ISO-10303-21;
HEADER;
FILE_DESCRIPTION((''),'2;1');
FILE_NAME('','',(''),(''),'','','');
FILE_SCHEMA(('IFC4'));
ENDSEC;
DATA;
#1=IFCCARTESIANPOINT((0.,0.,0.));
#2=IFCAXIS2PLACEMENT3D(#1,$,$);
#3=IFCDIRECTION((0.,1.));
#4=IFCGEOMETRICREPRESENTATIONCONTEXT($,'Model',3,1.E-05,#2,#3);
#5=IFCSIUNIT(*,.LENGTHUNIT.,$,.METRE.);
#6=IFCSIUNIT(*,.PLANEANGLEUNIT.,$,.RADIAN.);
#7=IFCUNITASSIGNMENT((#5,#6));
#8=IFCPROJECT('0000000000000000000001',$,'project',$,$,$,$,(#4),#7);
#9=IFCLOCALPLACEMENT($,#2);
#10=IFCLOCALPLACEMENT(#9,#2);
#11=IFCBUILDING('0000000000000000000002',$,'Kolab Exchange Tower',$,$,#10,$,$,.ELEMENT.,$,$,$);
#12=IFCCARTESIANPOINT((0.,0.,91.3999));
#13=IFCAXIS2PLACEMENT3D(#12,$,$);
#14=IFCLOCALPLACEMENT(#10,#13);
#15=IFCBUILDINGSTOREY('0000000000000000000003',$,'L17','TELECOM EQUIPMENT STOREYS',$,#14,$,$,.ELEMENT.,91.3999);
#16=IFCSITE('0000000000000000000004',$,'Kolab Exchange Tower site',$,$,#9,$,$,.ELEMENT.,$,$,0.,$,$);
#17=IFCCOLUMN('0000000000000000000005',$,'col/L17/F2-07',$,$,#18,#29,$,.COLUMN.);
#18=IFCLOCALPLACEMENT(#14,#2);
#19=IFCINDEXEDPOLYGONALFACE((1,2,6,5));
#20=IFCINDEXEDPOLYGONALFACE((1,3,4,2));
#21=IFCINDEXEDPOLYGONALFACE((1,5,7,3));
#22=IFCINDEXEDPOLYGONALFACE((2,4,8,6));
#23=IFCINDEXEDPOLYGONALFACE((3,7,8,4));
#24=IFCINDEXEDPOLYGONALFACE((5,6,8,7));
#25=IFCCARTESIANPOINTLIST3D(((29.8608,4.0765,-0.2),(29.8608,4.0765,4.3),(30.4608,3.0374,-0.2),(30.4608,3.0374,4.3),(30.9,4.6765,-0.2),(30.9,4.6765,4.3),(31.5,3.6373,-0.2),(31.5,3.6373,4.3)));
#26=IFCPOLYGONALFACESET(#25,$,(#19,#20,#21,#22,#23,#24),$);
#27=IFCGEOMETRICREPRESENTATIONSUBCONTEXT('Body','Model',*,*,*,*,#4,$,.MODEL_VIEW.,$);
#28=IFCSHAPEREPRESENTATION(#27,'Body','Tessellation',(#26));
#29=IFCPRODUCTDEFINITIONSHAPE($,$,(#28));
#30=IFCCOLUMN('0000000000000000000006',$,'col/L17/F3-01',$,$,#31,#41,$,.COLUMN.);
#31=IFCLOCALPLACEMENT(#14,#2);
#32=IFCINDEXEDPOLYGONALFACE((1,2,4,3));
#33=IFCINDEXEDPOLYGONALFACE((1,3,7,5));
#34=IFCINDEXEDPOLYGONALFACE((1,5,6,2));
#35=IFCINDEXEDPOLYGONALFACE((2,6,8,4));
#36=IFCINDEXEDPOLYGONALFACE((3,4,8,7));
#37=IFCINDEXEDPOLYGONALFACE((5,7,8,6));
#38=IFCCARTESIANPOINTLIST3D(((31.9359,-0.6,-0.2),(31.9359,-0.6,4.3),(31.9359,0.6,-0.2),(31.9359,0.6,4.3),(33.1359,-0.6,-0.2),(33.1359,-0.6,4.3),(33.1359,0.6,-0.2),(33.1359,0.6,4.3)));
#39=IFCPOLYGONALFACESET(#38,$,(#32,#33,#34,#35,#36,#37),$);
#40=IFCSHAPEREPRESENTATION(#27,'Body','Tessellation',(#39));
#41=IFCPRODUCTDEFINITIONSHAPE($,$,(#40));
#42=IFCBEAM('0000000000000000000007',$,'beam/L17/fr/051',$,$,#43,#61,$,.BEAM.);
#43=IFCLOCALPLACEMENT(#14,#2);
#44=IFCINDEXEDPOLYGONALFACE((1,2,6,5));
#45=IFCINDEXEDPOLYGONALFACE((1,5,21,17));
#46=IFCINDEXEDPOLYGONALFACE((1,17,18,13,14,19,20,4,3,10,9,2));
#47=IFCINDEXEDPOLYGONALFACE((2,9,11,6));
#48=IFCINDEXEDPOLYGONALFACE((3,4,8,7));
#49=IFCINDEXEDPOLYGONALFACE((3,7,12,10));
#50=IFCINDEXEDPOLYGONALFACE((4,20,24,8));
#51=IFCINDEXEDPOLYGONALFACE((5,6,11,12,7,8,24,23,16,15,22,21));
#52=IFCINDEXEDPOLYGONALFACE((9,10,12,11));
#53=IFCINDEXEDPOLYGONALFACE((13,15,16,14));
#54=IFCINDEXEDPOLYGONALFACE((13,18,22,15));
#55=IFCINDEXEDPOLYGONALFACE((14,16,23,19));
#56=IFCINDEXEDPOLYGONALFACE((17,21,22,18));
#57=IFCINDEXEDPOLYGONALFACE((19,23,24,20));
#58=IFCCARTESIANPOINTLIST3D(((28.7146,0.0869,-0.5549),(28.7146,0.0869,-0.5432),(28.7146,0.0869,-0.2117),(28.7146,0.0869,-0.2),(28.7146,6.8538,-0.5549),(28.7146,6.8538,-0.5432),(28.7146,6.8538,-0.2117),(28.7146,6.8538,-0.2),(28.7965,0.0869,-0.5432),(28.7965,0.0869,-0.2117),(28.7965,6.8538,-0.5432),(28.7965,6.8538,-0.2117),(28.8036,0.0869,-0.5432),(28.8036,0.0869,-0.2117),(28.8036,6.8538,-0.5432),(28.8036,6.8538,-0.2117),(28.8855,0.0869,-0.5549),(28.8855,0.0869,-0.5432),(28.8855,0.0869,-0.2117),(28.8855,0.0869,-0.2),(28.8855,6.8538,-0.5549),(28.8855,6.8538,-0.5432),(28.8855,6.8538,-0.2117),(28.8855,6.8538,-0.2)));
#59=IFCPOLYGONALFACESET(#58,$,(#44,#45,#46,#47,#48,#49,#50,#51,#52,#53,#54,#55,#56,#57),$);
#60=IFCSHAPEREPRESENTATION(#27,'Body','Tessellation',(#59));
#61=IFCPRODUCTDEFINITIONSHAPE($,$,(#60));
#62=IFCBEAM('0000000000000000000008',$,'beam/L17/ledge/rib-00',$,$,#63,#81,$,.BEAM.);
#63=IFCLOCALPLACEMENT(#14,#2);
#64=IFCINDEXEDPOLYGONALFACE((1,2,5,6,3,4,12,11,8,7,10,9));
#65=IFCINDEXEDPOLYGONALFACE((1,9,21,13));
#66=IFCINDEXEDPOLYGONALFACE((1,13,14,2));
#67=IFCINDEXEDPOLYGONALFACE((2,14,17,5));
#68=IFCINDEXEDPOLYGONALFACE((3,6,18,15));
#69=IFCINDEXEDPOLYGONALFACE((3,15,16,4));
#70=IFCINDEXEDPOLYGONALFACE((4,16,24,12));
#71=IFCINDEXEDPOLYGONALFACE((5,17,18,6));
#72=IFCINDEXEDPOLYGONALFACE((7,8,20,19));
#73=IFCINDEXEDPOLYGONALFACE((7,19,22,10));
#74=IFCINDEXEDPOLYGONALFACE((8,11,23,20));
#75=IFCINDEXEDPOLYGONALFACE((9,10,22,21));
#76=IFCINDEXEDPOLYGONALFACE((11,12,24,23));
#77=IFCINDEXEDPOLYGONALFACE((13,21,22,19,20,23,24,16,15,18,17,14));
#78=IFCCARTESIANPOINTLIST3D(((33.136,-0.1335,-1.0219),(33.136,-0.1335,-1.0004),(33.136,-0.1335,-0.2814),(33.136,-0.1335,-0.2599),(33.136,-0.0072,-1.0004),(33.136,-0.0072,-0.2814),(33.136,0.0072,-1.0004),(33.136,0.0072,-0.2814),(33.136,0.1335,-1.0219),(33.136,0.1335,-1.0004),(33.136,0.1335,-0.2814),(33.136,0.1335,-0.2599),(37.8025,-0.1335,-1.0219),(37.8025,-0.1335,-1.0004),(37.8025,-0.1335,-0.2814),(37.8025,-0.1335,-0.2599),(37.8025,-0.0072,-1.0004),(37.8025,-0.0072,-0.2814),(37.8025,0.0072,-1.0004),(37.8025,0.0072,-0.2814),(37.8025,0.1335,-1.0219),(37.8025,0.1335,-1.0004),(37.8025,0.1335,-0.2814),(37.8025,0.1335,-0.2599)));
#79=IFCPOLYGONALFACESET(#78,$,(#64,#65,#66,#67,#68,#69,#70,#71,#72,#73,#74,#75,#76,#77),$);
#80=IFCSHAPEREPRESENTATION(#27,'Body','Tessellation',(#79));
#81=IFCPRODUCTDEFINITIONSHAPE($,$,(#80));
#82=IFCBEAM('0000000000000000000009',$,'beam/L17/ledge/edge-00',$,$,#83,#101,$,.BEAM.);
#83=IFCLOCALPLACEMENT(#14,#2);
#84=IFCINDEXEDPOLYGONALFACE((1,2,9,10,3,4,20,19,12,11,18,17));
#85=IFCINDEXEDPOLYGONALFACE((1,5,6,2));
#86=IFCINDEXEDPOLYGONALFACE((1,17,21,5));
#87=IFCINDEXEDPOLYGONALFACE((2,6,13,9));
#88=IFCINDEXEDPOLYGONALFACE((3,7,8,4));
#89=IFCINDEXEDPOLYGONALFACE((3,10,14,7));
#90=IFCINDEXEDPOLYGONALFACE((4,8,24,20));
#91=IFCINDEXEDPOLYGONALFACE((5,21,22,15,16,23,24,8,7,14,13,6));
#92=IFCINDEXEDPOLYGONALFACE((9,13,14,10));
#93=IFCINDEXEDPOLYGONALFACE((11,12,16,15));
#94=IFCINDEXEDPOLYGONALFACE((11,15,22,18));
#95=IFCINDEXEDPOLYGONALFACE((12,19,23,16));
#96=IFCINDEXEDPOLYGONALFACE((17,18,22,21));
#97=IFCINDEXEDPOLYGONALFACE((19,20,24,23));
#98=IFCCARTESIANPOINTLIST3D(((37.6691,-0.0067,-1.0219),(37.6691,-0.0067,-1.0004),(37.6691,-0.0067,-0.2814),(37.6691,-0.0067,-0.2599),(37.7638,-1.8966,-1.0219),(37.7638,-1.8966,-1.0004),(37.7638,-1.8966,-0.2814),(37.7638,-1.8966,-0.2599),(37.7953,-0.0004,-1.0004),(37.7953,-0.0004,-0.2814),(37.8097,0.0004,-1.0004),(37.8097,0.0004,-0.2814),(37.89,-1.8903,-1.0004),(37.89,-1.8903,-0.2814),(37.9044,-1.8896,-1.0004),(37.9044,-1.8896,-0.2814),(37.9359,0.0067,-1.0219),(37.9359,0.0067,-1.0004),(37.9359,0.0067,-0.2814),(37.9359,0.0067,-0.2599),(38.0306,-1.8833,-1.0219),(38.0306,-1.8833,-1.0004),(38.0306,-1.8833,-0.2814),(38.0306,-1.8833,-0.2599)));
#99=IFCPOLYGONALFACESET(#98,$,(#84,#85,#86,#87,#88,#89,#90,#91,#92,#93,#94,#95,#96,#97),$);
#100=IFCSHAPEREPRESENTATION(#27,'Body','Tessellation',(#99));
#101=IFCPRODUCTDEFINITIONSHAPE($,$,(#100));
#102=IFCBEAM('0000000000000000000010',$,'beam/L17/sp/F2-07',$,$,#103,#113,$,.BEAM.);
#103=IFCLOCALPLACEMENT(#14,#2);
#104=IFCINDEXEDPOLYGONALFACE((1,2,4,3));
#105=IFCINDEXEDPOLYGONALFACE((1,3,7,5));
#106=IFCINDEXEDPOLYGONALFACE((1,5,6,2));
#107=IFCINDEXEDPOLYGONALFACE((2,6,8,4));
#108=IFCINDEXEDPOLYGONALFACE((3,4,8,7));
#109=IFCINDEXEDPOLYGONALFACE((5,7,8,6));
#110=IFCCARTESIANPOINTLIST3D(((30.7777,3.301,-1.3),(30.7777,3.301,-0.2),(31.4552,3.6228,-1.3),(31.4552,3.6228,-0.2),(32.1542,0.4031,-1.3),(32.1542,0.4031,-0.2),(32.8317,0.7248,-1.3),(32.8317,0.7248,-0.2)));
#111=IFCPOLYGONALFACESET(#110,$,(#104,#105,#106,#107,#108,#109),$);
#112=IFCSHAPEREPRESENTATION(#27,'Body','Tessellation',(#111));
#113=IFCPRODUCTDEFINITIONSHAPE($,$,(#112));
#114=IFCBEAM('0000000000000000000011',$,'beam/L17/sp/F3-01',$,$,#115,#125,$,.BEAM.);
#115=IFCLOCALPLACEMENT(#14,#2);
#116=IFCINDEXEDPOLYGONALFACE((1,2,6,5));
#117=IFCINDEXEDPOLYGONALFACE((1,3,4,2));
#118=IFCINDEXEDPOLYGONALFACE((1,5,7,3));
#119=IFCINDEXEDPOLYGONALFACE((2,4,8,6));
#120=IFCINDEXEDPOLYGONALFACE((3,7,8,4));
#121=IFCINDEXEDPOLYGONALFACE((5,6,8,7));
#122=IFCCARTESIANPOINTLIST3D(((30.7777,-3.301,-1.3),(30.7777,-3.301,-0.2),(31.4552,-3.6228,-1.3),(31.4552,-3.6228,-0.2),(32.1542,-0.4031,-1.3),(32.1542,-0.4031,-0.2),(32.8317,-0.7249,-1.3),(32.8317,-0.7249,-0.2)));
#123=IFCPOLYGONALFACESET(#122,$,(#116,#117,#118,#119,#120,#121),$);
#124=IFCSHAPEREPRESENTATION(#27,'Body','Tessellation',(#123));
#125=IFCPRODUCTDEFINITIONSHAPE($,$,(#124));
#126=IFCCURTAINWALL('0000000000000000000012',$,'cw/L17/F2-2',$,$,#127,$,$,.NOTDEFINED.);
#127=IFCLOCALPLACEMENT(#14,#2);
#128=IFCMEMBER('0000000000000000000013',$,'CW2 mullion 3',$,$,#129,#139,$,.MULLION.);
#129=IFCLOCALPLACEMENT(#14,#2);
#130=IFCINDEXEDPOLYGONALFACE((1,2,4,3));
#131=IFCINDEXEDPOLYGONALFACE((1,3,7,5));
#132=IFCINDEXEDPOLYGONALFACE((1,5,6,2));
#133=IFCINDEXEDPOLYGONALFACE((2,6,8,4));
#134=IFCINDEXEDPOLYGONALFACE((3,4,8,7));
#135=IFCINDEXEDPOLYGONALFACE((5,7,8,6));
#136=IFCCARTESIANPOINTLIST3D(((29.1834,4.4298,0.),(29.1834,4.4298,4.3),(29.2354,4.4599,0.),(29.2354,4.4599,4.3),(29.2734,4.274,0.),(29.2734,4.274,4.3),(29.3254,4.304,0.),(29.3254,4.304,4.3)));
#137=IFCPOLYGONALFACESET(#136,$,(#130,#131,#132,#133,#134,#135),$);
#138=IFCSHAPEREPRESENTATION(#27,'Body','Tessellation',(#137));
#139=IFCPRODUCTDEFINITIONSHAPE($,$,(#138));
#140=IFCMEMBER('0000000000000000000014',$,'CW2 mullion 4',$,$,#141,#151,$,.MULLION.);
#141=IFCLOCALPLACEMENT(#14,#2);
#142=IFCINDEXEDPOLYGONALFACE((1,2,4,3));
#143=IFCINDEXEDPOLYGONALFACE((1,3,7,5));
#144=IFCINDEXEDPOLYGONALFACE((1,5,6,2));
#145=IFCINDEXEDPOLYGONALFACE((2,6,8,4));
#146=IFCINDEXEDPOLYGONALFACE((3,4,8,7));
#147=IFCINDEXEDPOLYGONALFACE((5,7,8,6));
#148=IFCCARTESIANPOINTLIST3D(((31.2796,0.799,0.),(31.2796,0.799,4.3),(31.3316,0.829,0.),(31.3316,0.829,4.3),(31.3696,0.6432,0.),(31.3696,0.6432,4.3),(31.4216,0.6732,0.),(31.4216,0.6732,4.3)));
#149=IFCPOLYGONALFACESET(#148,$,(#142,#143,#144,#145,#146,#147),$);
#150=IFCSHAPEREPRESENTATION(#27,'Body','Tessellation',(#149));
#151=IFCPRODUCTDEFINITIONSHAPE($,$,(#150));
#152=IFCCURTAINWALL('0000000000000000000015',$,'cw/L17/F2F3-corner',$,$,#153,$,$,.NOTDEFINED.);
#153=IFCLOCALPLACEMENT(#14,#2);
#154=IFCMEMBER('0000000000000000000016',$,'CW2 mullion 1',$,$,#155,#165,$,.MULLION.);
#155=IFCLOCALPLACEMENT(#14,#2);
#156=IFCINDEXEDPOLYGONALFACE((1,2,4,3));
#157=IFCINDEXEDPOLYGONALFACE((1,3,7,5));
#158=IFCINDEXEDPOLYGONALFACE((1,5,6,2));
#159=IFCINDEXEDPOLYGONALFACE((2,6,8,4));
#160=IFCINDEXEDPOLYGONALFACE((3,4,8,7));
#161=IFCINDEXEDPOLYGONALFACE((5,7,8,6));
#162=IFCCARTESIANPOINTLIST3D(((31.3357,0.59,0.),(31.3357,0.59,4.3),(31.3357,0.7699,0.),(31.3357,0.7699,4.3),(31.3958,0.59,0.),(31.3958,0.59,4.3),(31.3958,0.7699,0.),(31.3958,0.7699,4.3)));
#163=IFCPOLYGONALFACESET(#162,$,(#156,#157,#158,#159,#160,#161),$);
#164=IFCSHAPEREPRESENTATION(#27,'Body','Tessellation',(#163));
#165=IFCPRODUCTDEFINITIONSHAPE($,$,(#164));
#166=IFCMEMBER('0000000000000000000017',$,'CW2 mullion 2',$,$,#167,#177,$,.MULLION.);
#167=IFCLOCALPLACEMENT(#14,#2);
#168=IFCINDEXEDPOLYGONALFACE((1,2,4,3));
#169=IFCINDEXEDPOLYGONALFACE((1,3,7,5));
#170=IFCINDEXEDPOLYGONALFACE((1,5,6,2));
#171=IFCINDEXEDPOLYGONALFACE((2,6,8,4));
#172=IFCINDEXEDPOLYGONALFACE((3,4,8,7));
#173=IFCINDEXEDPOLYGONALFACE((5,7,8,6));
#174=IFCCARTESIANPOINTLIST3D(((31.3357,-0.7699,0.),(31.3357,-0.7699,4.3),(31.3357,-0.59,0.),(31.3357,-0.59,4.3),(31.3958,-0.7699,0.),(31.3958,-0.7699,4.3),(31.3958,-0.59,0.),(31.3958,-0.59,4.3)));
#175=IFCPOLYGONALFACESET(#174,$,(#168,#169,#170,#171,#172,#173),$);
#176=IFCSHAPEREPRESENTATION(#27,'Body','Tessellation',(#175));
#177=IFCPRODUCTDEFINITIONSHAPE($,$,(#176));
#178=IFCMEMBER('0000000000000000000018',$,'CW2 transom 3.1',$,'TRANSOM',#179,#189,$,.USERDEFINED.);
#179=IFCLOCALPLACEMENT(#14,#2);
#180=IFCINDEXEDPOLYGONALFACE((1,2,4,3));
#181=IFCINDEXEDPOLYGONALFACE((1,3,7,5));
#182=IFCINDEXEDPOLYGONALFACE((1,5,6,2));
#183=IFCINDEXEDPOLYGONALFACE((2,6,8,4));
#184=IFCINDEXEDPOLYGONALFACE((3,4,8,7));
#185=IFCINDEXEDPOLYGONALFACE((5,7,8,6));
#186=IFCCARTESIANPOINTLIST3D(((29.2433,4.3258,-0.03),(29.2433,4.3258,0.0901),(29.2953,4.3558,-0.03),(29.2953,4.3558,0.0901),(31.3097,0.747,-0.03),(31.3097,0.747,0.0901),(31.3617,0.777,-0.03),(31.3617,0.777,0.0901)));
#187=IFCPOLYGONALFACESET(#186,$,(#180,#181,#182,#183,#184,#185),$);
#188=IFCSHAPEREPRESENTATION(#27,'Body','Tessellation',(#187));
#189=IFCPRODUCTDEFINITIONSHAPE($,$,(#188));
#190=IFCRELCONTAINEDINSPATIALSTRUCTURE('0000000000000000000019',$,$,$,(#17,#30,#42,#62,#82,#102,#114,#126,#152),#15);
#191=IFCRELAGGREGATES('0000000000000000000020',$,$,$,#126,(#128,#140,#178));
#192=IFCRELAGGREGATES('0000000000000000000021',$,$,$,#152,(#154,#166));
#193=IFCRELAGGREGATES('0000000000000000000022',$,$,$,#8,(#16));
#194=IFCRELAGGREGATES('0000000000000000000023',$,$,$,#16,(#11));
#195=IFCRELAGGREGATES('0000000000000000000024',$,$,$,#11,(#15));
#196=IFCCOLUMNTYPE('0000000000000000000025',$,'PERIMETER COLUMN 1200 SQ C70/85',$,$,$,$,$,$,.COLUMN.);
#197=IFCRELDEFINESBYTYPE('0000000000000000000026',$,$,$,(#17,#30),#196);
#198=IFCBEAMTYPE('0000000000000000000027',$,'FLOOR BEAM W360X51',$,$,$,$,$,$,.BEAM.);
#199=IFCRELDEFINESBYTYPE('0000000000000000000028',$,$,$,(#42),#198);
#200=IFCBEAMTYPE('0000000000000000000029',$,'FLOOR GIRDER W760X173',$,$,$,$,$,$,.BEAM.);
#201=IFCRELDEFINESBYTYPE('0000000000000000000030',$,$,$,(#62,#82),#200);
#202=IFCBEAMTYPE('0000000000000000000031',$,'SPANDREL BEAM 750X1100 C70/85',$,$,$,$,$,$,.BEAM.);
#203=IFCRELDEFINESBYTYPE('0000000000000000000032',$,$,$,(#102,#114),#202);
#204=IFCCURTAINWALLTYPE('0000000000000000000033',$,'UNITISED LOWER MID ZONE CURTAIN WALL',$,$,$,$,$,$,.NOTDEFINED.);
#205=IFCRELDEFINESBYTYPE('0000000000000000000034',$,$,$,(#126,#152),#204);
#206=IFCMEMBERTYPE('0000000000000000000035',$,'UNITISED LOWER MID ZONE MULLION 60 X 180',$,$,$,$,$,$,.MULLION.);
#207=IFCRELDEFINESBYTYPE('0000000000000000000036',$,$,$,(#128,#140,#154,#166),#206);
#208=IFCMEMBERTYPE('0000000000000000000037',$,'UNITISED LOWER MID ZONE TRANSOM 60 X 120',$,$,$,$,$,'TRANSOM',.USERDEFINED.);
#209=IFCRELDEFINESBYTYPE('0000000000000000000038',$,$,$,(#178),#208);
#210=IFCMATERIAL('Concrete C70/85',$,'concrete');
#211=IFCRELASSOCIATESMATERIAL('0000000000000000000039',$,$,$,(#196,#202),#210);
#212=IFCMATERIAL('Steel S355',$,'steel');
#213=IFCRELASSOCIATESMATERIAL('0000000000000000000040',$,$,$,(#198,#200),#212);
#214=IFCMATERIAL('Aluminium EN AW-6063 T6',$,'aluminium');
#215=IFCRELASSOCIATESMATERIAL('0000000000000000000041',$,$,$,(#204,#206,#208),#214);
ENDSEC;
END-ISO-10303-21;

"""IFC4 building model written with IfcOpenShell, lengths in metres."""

from ifc_helpers import new_model, si_unit, direction, frame, origin, origin_2d, place, context, subcontext, project, spatial, rectangle, i_section, extrude, material, material_profile, profile_set, type_object, element, aggregate, save


model = new_model("IFC4")

# Units and contexts
model_context = context("Model", 3, precision=1e-05, world=origin(), true_north=direction((0.0, 1.0)))
body_context = subcontext(model_context, "Body", "Model", "MODEL_VIEW")
ifc_project = project(units=[si_unit("LENGTHUNIT", "METRE"), si_unit("PLANEANGLEUNIT", "RADIAN")], contexts=[model_context])

# Site, building, storey
site_placement = place(None, origin())
site = spatial("IfcSite", under=ifc_project, at=site_placement, Name="Kolab Exchange Tower site", CompositionType="ELEMENT", RefElevation=0.0)
building_placement = place(site_placement, origin())
building = spatial("IfcBuilding", under=site, at=building_placement, Name="Kolab Exchange Tower", CompositionType="ELEMENT")
storey_placement = place(building_placement, frame((0.0, 0.0, 91.3999)))
storey = spatial("IfcBuildingStorey", under=building, at=storey_placement, Name="L17", Description="TELECOM EQUIPMENT STOREYS", CompositionType="ELEMENT", Elevation=91.3999)

# Columns
ifc_material_1 = material(Name="Concrete C70/85", Category="concrete")
ifc_material_profile_1 = material_profile(ifc_material_1, rectangle(XDim=1.2, YDim=1.2, at=origin_2d()), Name="RC1200")
ifc_profile_set_1 = profile_set([ifc_material_profile_1], Name="Concrete C70/85")
column_type = type_object("IfcColumnType", Name="PERIMETER COLUMN 1200 SQ C70/85", PredefinedType="COLUMN", material=ifc_profile_set_1)
for number, where, z_axis, x_axis, name in (
    (1, (30.6804, 3.8569, -0.2), (0.0, 0.0, 1.0), (0.866025, 0.5, 0.0), "col/L17/F2-07"),
    (2, (32.5359, 0.0, -0.2), (0.0, 0.0, 1.0), (1.0, 0.0, 0.0), "col/L17/F3-01"),
):
    element("IfcColumn", number, at=place(storey_placement, frame(where, z_axis=z_axis, x_axis=x_axis)), inside=storey, type_object=column_type, Name=name, PredefinedType="COLUMN", context=body_context, shape_type="SweptSolid", body=[
        extrude(rectangle(XDim=1.2, YDim=1.2, at=origin_2d()), origin(), (0.0, 0.0, 1.0), 4.5),
    ])

# Beams
ifc_material_2 = material(Name="Steel S355", Category="steel")
ifc_material_profile_2 = material_profile(ifc_material_2, i_section(OverallWidth=0.1709, OverallDepth=0.355, WebThickness=0.0071, FlangeThickness=0.0117, at=origin_2d()), Name="W360X51")
ifc_profile_set_2 = profile_set([ifc_material_profile_2], Name="Steel S355")
beam_type_1 = type_object("IfcBeamType", Name="FLOOR BEAM W360X51", PredefinedType="BEAM", material=ifc_profile_set_2)
beam_1_placement = place(storey_placement, frame((28.8, 0.0869, -0.3774), z_axis=(0.0, 1.0, 0.0), x_axis=(-1.0, 0.0, 0.0)))
element("IfcBeam", 3, at=beam_1_placement, inside=storey, type_object=beam_type_1, Name="beam/L17/fr/051", PredefinedType="BEAM", context=body_context, shape_type="SweptSolid", body=[
    extrude(i_section(OverallWidth=0.1709, OverallDepth=0.355, WebThickness=0.0071, FlangeThickness=0.0117, at=origin_2d()), origin(), (0.0, 0.0, 1.0), 6.7668),
])
ifc_material_profile_3 = material_profile(ifc_material_2, i_section(OverallWidth=0.2671, OverallDepth=0.762, WebThickness=0.0144, FlangeThickness=0.0215, at=origin_2d()), Name="W760X173")
ifc_profile_set_3 = profile_set([ifc_material_profile_3], Name="Steel S355")
beam_type_2 = type_object("IfcBeamType", Name="FLOOR GIRDER W760X173", PredefinedType="BEAM", material=ifc_profile_set_3)
beam_2_placement = place(storey_placement, frame((33.136, 0.0, -0.6409), z_axis=(1.0, 0.0, 0.0), x_axis=(0.0, 1.0, 0.0)))
element("IfcBeam", 4, at=beam_2_placement, inside=storey, type_object=beam_type_2, Name="beam/L17/ledge/rib-00", PredefinedType="BEAM", context=body_context, shape_type="SweptSolid", body=[
    extrude(i_section(OverallWidth=0.2671, OverallDepth=0.762, WebThickness=0.0144, FlangeThickness=0.0215, at=origin_2d()), origin(), (0.0, 0.0, 1.0), 4.6665),
])
beam_3_placement = place(storey_placement, frame((37.8025, 0.0, -0.6409), z_axis=(0.05006, -0.998746, 0.0), x_axis=(0.998746, 0.05006, 0.0)))
element("IfcBeam", 5, at=beam_3_placement, inside=storey, type_object=beam_type_2, Name="beam/L17/ledge/edge-00", PredefinedType="BEAM", context=body_context, shape_type="SweptSolid", body=[
    extrude(i_section(OverallWidth=0.2671, OverallDepth=0.762, WebThickness=0.0144, FlangeThickness=0.0215, at=origin_2d()), origin(), (0.0, 0.0, 1.0), 1.8923),
])
ifc_material_profile_4 = material_profile(ifc_material_1, rectangle(XDim=0.75, YDim=1.1001, at=origin_2d()), Name="RC750X1100")
ifc_profile_set_4 = profile_set([ifc_material_profile_4], Name="Concrete C70/85")
beam_type_3 = type_object("IfcBeamType", Name="SPANDREL BEAM 750X1100 C70/85", PredefinedType="BEAM", material=ifc_profile_set_4)
for number, where, z_axis, x_axis, name in (
    (6, (31.1165, 3.4619, -0.75), (0.429041, -0.903285, 0.0), (0.903285, 0.429041, 0.0), "beam/L17/sp/F2-07"),
    (7, (32.4929, -0.564, -0.75), (-0.429041, -0.903285, 0.0), (0.903285, -0.429041, 0.0), "beam/L17/sp/F3-01"),
):
    element("IfcBeam", number, at=place(storey_placement, frame(where, z_axis=z_axis, x_axis=x_axis)), inside=storey, type_object=beam_type_3, Name=name, PredefinedType="BEAM", context=body_context, shape_type="SweptSolid", body=[
        extrude(rectangle(XDim=0.75, YDim=1.1001, at=origin_2d()), origin(), (0.0, 0.0, 1.0), 3.2083),
    ])

# Curtain walls, members
ifc_material_3 = material(Name="Aluminium EN AW-6063 T6", Category="aluminium")
curtain_wall_type = type_object("IfcCurtainWallType", Name="UNITISED LOWER MID ZONE CURTAIN WALL", PredefinedType="NOTDEFINED", material=ifc_material_3)
curtain_wall_1_placement = place(storey_placement, origin())
curtain_wall_1 = element("IfcCurtainWall", 8, at=curtain_wall_1_placement, inside=storey, type_object=curtain_wall_type, Name="cw/L17/F2-2", PredefinedType="NOTDEFINED")
ifc_material_profile_5 = material_profile(ifc_material_3, rectangle(XDim=0.0601, YDim=0.1799, at=origin_2d()), Name="RECT 60X180")
ifc_profile_set_5 = profile_set([ifc_material_profile_5], Name="Aluminium EN AW-6063 T6")
member_type_1 = type_object("IfcMemberType", Name="UNITISED LOWER MID ZONE MULLION 60 X 180", PredefinedType="MULLION", material=ifc_profile_set_5)
member_1_placement = place(storey_placement, frame((29.2544, 4.3669, 0.0), z_axis=(0.0, 0.0, 1.0), x_axis=(0.866025, 0.5, 0.0)))
member_1 = element("IfcMember", 9, at=member_1_placement, type_object=member_type_1, Name="CW2 mullion 3", PredefinedType="MULLION", context=body_context, shape_type="SweptSolid", body=[
    extrude(rectangle(XDim=0.0601, YDim=0.1799, at=origin_2d()), origin(), (0.0, 0.0, 1.0), 4.3),
])
member_2_placement = place(storey_placement, frame((31.3506, 0.7361, 0.0), z_axis=(0.0, 0.0, 1.0), x_axis=(0.866025, 0.5, 0.0)))
member_2 = element("IfcMember", 10, at=member_2_placement, type_object=member_type_1, Name="CW2 mullion 4", PredefinedType="MULLION", context=body_context, shape_type="SweptSolid", body=[
    extrude(rectangle(XDim=0.0601, YDim=0.1799, at=origin_2d()), origin(), (0.0, 0.0, 1.0), 4.3),
])
curtain_wall_2_placement = place(storey_placement, origin())
curtain_wall_2 = element("IfcCurtainWall", 11, at=curtain_wall_2_placement, inside=storey, type_object=curtain_wall_type, Name="cw/L17/F2F3-corner", PredefinedType="NOTDEFINED")
member_3_placement = place(storey_placement, frame((31.3657, 0.6799, 0.0), z_axis=(0.0, 0.0, 1.0), x_axis=(1.0, 0.0, 0.0)))
member_3 = element("IfcMember", 12, at=member_3_placement, type_object=member_type_1, Name="CW2 mullion 1", PredefinedType="MULLION", context=body_context, shape_type="SweptSolid", body=[
    extrude(rectangle(XDim=0.0601, YDim=0.1799, at=origin_2d()), origin(), (0.0, 0.0, 1.0), 4.3),
])
member_4_placement = place(storey_placement, frame((31.3657, -0.6799, 0.0), z_axis=(0.0, 0.0, 1.0), x_axis=(1.0, 0.0, 0.0)))
member_4 = element("IfcMember", 13, at=member_4_placement, type_object=member_type_1, Name="CW2 mullion 2", PredefinedType="MULLION", context=body_context, shape_type="SweptSolid", body=[
    extrude(rectangle(XDim=0.0601, YDim=0.1799, at=origin_2d()), origin(), (0.0, 0.0, 1.0), 4.3),
])

# Member
ifc_material_profile_6 = material_profile(ifc_material_3, rectangle(XDim=0.0601, YDim=0.1201, at=origin_2d()), Name="RECT 60X120")
ifc_profile_set_6 = profile_set([ifc_material_profile_6], Name="Aluminium EN AW-6063 T6")
member_type_2 = type_object("IfcMemberType", Name="UNITISED LOWER MID ZONE TRANSOM 60 X 120", ElementType="TRANSOM", PredefinedType="USERDEFINED", material=ifc_profile_set_6)
member_5_placement = place(storey_placement, frame((29.2693, 4.3408, 0.03), z_axis=(0.500028, -0.866009, 0.0), x_axis=(0.866009, 0.500028, 0.0)))
member_5 = element("IfcMember", 14, at=member_5_placement, type_object=member_type_2, Name="CW2 transom 3.1", ObjectType="TRANSOM", PredefinedType="USERDEFINED", context=body_context, shape_type="SweptSolid", body=[
    extrude(rectangle(XDim=0.0601, YDim=0.1201, at=origin_2d()), origin(), (0.0, 0.0, 1.0), 4.1326),
])

aggregate(curtain_wall_1, [member_1, member_2, member_5])
aggregate(curtain_wall_2, [member_3, member_4])

save(model, "model.ifc")
